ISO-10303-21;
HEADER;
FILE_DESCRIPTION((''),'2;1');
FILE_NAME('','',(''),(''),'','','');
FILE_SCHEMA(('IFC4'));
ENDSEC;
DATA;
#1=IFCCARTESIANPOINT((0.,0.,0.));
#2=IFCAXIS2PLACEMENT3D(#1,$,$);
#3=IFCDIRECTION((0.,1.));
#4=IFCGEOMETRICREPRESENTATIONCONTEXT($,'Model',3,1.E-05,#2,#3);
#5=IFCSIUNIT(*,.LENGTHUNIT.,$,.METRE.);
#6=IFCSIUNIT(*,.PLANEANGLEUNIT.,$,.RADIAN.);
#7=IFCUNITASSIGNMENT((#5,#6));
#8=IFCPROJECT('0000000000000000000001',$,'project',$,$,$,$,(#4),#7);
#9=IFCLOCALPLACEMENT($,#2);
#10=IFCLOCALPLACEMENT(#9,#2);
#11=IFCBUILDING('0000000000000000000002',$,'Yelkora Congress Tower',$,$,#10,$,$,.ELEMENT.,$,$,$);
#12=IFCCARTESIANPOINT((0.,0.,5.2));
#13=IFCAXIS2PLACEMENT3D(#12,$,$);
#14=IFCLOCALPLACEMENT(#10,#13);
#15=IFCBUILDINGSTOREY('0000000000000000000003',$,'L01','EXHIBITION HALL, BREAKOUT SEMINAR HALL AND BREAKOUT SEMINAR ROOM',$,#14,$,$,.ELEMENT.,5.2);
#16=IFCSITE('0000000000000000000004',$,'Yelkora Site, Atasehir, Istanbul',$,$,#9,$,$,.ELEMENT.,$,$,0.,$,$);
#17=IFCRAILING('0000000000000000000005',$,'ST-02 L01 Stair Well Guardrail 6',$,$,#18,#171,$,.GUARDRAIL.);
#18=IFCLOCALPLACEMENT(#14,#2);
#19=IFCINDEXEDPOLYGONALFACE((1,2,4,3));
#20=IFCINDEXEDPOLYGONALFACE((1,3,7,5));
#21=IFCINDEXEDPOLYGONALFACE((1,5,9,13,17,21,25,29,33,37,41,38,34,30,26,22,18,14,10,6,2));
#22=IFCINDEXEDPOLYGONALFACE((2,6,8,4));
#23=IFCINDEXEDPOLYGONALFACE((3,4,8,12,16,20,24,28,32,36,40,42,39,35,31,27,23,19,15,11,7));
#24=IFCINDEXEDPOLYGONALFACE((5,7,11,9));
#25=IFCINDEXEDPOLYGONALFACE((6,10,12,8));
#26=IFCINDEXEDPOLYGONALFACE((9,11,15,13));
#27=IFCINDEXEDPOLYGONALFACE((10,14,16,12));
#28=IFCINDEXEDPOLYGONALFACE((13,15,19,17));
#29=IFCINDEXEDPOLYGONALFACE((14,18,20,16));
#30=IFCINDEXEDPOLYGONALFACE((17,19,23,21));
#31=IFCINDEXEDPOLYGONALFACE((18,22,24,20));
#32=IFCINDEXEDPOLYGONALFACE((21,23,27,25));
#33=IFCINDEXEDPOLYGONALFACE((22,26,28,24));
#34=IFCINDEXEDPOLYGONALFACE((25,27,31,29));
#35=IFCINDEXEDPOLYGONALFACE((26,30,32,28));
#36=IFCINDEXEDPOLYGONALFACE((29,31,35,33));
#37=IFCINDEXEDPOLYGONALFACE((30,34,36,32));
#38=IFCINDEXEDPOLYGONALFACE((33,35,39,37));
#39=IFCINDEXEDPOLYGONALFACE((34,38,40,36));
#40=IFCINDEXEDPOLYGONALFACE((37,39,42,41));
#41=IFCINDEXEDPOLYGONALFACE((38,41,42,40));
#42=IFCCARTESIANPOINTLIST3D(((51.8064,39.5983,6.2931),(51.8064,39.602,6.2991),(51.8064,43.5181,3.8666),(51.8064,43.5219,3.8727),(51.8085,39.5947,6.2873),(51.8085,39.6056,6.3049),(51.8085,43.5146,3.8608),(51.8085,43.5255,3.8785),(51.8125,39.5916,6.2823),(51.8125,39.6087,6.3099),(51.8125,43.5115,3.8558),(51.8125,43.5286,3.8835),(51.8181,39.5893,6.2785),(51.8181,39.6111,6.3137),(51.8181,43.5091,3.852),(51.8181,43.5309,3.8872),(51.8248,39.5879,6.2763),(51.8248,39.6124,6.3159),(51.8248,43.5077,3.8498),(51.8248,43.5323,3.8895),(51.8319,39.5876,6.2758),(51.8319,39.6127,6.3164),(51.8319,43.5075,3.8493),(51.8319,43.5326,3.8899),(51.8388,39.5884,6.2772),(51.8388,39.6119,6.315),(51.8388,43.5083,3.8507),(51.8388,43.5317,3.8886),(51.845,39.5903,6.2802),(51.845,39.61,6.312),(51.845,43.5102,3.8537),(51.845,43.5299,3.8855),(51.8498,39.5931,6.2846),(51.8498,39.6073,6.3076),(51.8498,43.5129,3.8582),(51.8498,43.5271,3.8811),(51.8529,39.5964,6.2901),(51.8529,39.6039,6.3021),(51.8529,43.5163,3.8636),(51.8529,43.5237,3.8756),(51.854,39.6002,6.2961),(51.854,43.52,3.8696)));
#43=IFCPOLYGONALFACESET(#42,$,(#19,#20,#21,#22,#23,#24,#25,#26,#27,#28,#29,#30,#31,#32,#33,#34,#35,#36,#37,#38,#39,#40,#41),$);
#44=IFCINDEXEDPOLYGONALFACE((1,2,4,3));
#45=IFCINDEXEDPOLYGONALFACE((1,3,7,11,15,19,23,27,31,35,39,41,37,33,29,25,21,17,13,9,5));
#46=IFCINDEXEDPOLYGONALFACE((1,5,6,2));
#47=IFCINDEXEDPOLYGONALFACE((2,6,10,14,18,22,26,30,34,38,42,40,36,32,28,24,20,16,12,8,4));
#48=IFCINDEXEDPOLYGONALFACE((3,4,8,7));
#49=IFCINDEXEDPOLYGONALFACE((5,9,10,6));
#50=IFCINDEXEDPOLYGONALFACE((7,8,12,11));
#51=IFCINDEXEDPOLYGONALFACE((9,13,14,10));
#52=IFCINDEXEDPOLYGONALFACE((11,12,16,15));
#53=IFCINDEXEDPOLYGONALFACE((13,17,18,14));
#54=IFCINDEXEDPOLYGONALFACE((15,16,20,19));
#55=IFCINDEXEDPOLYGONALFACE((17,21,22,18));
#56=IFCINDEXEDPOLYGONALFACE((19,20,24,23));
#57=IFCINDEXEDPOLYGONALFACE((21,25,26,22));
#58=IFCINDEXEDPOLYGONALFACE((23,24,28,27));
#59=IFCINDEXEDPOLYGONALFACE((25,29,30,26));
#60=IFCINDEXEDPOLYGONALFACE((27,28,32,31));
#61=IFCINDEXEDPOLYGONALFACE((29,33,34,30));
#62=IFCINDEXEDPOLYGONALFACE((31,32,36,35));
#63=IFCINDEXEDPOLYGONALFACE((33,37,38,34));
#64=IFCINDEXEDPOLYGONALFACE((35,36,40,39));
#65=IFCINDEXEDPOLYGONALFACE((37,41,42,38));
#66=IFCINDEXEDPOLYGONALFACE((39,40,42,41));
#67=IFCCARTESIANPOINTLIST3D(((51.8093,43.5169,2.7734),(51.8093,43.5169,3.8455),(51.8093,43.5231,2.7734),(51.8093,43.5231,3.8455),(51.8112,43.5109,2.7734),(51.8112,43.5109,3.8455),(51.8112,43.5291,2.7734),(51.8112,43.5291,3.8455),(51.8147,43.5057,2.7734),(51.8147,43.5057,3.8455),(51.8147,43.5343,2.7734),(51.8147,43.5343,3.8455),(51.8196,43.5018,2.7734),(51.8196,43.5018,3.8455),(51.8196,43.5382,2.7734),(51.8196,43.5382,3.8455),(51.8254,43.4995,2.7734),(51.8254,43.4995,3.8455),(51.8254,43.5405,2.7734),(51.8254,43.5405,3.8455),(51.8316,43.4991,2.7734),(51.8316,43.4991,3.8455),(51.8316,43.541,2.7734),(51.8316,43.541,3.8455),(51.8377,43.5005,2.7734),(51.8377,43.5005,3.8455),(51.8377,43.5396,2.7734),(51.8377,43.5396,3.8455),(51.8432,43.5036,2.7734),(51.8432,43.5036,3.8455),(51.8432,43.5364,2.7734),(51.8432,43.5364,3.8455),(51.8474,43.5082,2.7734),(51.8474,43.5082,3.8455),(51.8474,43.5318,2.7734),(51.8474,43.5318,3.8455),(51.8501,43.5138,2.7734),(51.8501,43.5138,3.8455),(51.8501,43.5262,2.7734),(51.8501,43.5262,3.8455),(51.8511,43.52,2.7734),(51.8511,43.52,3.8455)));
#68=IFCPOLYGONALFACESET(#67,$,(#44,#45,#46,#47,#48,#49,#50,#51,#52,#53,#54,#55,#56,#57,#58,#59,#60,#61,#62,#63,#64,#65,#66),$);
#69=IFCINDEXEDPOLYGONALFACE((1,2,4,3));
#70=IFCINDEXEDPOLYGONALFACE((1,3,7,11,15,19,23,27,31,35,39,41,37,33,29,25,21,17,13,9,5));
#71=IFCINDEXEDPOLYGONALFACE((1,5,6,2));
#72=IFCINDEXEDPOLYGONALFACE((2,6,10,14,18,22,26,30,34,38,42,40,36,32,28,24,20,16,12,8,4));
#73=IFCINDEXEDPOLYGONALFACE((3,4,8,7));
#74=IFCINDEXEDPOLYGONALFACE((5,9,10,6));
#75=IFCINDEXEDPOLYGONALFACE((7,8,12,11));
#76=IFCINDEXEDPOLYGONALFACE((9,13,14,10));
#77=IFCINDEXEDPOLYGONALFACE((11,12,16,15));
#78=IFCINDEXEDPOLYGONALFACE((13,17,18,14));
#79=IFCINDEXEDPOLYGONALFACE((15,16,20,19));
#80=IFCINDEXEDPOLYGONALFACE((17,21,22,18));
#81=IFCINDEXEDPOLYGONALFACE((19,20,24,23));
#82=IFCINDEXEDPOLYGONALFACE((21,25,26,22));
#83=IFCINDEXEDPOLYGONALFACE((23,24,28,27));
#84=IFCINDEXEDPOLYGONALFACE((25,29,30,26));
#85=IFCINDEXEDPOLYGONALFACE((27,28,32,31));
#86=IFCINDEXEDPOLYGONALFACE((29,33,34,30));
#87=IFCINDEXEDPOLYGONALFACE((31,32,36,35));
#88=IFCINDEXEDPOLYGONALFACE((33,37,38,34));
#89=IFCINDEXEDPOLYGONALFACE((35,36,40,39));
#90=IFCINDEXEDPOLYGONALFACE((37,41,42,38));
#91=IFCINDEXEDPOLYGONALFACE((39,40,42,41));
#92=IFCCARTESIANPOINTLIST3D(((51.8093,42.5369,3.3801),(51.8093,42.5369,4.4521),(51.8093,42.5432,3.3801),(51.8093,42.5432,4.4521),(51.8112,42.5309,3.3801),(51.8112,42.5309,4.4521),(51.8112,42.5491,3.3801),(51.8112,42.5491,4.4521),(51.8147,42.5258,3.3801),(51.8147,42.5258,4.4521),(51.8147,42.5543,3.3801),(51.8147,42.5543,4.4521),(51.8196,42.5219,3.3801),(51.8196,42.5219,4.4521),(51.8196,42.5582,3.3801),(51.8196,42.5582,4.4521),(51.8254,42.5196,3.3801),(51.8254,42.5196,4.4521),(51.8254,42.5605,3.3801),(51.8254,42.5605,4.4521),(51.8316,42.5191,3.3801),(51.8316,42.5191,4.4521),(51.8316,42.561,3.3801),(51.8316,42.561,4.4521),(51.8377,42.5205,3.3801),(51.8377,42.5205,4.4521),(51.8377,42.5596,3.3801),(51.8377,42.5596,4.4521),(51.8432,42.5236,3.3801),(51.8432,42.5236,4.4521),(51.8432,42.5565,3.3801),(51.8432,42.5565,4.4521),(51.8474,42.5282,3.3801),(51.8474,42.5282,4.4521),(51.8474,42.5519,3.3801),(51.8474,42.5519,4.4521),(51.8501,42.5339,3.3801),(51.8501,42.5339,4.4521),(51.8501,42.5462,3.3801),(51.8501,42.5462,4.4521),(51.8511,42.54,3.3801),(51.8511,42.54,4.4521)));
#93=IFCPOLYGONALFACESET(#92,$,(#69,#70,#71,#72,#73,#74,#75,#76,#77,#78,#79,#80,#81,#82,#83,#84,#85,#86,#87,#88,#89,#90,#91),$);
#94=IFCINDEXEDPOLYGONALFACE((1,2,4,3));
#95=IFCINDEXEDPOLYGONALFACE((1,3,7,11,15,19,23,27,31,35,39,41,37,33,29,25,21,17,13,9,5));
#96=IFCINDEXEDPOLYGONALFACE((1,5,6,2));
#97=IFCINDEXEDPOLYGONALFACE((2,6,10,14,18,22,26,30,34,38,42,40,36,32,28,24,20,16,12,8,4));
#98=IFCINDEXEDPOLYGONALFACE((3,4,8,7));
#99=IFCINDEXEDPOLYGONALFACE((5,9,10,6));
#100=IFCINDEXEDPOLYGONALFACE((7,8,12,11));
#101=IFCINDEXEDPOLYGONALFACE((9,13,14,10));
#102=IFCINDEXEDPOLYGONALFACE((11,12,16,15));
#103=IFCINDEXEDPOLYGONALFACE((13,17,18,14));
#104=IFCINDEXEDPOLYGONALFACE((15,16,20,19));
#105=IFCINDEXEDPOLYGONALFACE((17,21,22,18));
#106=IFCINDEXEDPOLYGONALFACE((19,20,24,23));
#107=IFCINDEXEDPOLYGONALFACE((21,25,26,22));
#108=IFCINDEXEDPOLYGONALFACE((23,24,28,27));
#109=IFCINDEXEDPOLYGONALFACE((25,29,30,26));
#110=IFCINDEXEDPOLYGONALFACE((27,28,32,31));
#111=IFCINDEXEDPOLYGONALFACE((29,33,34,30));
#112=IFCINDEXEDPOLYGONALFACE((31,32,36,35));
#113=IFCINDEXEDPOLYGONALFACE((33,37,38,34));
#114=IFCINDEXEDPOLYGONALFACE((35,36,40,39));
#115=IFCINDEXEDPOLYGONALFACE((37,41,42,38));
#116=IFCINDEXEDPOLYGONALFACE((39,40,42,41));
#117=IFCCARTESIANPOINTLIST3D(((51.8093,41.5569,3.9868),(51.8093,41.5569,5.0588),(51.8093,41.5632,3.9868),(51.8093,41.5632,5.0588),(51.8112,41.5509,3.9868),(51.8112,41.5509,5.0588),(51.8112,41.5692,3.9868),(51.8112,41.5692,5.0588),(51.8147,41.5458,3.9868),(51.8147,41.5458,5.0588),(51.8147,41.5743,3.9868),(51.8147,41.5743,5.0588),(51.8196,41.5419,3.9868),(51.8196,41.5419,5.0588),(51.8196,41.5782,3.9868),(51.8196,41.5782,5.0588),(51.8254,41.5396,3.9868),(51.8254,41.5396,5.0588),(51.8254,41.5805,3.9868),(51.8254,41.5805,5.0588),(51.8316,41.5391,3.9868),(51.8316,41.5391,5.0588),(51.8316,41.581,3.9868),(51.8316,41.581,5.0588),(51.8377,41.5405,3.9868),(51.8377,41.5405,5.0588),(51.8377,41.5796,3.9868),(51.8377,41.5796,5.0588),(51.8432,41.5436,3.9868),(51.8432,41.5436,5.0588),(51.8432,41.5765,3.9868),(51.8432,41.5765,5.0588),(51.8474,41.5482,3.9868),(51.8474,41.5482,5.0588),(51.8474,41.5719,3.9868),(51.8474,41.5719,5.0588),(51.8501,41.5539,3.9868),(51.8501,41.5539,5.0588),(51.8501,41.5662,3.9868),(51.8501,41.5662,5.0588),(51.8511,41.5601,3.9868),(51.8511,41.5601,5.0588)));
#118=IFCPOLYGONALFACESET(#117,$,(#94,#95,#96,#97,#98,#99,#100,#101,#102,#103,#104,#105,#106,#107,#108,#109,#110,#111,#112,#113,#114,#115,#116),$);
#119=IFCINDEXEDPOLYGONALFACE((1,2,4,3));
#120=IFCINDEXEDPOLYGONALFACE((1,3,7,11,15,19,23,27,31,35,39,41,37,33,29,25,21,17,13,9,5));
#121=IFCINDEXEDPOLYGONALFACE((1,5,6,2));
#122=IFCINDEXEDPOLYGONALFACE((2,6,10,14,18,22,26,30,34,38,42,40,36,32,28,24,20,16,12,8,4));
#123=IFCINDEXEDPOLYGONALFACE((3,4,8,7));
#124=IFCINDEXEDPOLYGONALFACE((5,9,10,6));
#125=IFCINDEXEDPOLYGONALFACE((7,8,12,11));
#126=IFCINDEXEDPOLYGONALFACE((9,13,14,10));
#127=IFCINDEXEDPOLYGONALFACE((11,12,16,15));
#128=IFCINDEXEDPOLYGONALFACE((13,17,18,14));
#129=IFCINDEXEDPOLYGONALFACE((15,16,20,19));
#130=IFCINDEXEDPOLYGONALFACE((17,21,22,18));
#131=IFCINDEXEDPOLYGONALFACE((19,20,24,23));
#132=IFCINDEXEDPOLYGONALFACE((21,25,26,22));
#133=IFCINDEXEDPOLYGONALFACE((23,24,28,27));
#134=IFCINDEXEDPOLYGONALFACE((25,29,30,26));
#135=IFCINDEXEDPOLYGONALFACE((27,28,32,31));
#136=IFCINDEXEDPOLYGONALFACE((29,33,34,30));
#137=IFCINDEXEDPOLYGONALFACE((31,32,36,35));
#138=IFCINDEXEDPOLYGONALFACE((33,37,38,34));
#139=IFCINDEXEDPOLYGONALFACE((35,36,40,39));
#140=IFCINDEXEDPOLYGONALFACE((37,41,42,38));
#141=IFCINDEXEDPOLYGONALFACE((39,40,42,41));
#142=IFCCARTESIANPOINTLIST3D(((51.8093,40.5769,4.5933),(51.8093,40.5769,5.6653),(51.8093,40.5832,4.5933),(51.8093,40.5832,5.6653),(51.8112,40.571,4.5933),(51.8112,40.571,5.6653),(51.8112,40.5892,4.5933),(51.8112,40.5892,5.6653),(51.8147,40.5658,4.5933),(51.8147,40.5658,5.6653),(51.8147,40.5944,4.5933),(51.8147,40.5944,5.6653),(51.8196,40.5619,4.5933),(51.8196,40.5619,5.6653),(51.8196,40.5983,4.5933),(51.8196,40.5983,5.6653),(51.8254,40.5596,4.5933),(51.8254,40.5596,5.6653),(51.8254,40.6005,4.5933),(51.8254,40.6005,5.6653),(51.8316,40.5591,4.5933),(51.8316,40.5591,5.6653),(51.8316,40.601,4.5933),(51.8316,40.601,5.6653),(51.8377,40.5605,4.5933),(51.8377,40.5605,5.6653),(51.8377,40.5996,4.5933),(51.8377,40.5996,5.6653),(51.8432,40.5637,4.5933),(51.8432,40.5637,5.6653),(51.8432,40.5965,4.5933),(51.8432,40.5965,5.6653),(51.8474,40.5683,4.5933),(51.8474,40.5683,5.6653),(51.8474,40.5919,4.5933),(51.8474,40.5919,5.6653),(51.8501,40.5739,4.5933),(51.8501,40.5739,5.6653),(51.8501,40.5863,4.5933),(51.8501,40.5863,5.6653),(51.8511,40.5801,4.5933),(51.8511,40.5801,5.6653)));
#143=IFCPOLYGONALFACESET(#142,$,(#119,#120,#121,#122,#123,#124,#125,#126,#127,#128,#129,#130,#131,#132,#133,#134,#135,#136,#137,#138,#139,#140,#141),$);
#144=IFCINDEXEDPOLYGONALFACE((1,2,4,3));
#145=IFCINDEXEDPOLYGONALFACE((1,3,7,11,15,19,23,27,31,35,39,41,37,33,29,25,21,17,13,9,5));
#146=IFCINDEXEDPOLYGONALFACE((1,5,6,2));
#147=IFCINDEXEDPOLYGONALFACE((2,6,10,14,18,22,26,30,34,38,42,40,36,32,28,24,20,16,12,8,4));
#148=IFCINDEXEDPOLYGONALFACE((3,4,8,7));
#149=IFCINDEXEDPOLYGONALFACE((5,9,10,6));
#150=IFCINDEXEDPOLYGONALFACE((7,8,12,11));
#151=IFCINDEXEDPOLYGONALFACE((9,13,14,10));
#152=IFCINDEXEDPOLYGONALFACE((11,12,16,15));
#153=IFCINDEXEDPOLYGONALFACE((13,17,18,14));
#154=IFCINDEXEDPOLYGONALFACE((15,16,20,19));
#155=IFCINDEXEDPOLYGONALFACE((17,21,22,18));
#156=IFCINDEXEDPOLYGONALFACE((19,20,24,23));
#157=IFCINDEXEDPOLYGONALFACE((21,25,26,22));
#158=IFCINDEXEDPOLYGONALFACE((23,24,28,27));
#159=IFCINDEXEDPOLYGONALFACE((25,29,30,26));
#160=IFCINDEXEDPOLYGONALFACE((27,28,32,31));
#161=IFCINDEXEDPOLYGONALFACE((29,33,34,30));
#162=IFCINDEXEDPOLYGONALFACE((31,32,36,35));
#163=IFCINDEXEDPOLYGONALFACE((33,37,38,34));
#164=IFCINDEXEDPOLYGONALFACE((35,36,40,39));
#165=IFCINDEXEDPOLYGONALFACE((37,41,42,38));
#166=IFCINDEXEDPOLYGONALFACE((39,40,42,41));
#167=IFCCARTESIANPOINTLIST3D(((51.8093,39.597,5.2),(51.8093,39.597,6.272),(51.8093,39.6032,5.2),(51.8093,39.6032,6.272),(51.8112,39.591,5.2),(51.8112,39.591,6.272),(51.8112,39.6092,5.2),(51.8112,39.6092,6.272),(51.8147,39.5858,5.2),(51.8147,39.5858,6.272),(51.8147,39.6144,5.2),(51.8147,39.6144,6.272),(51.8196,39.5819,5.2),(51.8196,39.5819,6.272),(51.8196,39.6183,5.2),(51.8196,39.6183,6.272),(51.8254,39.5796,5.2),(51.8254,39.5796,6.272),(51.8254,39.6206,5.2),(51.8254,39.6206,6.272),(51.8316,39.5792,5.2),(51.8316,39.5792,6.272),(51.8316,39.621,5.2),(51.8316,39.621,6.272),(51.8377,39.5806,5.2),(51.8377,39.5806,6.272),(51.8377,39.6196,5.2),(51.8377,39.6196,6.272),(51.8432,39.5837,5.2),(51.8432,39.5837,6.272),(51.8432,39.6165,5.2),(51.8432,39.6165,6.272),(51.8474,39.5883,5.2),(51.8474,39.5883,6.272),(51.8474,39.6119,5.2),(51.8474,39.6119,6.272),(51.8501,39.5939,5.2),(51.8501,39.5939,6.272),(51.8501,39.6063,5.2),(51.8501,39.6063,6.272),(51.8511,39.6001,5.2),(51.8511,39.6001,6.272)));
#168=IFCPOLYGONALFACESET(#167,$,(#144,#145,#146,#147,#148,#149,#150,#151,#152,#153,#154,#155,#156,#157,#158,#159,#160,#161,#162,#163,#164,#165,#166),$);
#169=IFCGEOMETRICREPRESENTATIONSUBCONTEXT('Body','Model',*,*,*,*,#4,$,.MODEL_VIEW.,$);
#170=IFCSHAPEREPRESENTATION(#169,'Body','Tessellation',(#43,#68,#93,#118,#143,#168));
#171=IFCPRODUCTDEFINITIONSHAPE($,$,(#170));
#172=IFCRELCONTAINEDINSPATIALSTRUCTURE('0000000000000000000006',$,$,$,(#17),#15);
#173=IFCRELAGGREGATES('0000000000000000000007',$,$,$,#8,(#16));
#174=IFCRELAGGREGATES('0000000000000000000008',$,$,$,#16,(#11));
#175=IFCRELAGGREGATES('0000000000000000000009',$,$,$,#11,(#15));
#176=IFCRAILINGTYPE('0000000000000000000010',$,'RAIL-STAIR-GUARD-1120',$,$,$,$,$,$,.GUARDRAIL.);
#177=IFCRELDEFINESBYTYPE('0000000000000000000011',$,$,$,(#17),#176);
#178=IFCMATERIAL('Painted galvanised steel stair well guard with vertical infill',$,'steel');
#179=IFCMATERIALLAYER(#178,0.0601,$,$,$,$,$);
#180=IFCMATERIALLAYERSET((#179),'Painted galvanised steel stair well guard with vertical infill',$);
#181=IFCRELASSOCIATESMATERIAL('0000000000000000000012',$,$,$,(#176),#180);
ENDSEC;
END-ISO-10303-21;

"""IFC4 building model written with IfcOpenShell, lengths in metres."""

from ifc_helpers import new_model, si_unit, direction, frame, origin, origin_2d, place, context, subcontext, project, spatial, circle, extrude, material, layer, layer_set, type_object, element, save


model = new_model("IFC4")

# Units and contexts
model_context = context("Model", 3, precision=1e-05, world=origin(), true_north=direction((0.0, 1.0)))
body_context = subcontext(model_context, "Body", "Model", "MODEL_VIEW")
ifc_project = project(units=[si_unit("LENGTHUNIT", "METRE"), si_unit("PLANEANGLEUNIT", "RADIAN")], contexts=[model_context])

# Site, building, storey
site_placement = place(None, origin())
site = spatial("IfcSite", under=ifc_project, at=site_placement, Name="Yelkora Site, Atasehir, Istanbul", CompositionType="ELEMENT", RefElevation=0.0)
building_placement = place(site_placement, origin())
building = spatial("IfcBuilding", under=site, at=building_placement, Name="Yelkora Congress Tower", CompositionType="ELEMENT")
storey_placement = place(building_placement, frame((0.0, 0.0, 5.2)))
storey = spatial("IfcBuildingStorey", under=building, at=storey_placement, Name="L01", Description="EXHIBITION HALL, BREAKOUT SEMINAR HALL AND BREAKOUT SEMINAR ROOM", CompositionType="ELEMENT", Elevation=5.2)

# Railing
ifc_material_1 = material(Name="Painted galvanised steel stair well guard with vertical infill", Category="steel")
ifc_layer_1 = layer(ifc_material_1, 0.0601)
ifc_layer_set_1 = layer_set([ifc_layer_1], Name="Painted galvanised steel stair well guard with vertical infill")
railing_type_1 = type_object("IfcRailingType", Name="RAIL-STAIR-GUARD-1120", PredefinedType="GUARDRAIL", material=ifc_layer_set_1)
railing_1_placement = place(storey_placement, frame((51.8301, 43.52, 2.7734)))
element("IfcRailing", 1, at=railing_1_placement, inside=storey, type_object=railing_type_1, Name="ST-02 L01 Stair Well Guardrail 6", PredefinedType="GUARDRAIL", context=body_context, shape_type="SweptSolid", body=[
    extrude(circle(Radius=0.0239, at=origin_2d()), frame((0.0, 0.0, 1.0962), z_axis=(0.0, -0.850275, 0.526338), x_axis=(1.0, 0.0, 0.0)), (0.0, 0.0, 1.0), 4.6101),
    extrude(circle(Radius=0.021, at=origin_2d()), origin(), (0.0, 0.0, 1.0), 1.072),
    extrude(circle(Radius=0.021, at=origin_2d()), frame((0.0, -0.98, 0.6067)), (0.0, 0.0, 1.0), 1.072),
    extrude(circle(Radius=0.021, at=origin_2d()), frame((0.0, -1.96, 1.2134)), (0.0, 0.0, 1.0), 1.072),
    extrude(circle(Radius=0.021, at=origin_2d()), frame((0.0, -2.9399, 1.8198)), (0.0, 0.0, 1.0), 1.072),
    extrude(circle(Radius=0.021, at=origin_2d()), frame((0.0, -3.9199, 2.4265)), (0.0, 0.0, 1.0), 1.072),
])

save(model, "model.ifc")
